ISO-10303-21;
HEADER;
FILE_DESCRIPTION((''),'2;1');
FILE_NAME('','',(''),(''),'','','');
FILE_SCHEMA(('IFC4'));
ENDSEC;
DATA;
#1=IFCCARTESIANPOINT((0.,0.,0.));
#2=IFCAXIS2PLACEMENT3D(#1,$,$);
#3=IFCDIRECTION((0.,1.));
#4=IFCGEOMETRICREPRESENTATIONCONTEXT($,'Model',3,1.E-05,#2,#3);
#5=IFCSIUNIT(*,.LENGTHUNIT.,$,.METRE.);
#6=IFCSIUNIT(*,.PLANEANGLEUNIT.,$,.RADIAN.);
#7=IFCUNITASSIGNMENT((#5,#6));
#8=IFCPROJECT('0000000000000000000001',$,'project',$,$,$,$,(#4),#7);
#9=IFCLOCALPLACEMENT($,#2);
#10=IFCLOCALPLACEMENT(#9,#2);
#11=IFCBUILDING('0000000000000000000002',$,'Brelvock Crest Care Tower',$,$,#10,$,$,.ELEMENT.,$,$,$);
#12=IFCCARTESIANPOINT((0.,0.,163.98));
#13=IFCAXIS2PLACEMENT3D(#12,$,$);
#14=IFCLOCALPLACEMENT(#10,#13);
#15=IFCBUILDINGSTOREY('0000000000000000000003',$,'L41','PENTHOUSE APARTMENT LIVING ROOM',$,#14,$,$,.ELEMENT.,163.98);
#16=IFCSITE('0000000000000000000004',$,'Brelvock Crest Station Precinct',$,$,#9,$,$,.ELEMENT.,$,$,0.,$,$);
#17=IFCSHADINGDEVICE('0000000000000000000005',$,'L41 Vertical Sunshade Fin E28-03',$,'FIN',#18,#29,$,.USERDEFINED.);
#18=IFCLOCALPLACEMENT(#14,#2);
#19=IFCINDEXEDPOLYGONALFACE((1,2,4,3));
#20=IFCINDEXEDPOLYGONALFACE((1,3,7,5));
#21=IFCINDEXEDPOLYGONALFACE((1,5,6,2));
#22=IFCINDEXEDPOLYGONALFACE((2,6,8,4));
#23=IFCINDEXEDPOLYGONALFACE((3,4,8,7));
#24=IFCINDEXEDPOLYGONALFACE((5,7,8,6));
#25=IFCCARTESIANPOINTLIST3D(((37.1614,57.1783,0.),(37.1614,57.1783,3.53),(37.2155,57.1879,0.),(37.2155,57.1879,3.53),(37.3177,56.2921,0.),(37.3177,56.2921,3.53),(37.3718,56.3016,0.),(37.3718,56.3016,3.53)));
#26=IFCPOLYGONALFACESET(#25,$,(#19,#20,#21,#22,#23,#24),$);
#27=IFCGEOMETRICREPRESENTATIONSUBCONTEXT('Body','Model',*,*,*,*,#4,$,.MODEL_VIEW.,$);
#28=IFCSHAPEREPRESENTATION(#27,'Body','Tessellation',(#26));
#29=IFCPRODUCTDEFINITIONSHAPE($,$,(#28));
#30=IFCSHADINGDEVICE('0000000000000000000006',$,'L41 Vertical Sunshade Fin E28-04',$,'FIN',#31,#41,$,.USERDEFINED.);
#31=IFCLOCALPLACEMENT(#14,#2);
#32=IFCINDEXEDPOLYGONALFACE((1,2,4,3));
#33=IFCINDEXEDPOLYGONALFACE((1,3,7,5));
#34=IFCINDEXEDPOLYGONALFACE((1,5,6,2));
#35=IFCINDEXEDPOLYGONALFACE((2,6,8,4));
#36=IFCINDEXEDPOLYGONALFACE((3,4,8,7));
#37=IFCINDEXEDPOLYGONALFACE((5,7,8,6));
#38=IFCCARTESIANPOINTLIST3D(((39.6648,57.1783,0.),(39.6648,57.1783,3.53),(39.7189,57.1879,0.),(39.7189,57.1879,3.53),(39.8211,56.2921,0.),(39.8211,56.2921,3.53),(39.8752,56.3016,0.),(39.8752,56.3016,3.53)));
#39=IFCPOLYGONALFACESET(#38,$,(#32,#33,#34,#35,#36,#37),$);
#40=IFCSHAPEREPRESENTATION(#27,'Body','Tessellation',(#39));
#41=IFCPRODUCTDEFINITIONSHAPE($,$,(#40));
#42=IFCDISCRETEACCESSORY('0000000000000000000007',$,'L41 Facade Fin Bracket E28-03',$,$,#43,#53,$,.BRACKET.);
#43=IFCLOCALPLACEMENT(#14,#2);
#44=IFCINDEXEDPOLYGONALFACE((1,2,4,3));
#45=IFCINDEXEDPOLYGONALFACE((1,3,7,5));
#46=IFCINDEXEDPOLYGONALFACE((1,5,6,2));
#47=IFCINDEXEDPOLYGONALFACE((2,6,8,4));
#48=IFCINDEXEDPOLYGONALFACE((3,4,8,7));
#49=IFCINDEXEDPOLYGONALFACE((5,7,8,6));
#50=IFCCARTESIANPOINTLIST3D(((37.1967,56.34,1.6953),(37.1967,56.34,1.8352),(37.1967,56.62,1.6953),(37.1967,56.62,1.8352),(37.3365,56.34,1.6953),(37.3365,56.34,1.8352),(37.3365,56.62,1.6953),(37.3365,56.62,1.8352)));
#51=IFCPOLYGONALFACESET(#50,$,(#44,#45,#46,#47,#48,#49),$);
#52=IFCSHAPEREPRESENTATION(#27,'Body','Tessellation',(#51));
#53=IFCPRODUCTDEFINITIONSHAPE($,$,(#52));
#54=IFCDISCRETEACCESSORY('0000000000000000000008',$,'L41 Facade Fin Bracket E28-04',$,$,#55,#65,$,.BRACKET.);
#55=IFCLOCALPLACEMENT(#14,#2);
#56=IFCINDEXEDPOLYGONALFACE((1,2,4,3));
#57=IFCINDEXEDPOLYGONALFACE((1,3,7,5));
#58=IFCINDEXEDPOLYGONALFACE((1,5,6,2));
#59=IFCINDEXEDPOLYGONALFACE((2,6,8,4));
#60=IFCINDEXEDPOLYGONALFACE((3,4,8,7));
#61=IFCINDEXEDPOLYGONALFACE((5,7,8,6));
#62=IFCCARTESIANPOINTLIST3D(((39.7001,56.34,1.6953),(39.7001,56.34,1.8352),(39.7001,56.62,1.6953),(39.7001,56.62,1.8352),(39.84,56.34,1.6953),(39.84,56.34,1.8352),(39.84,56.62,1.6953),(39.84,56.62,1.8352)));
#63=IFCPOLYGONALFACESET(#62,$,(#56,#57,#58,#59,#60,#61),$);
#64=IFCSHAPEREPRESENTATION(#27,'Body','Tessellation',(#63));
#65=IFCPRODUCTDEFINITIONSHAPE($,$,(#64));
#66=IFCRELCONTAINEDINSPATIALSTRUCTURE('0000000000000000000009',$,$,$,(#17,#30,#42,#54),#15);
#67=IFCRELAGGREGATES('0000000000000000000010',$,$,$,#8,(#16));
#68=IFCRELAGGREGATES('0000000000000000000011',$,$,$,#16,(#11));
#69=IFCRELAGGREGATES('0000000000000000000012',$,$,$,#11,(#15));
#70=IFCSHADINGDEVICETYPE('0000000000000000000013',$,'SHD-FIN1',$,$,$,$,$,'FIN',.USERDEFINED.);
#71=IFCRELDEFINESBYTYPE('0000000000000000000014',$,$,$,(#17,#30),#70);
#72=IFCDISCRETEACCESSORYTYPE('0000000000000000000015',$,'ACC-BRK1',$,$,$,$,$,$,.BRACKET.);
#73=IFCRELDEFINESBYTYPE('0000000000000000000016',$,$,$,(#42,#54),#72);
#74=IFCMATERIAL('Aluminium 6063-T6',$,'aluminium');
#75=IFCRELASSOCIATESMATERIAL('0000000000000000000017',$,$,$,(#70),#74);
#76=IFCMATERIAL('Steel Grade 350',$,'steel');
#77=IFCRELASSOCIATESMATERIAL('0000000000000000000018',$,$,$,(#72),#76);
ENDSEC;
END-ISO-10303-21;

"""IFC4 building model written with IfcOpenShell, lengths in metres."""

from ifc_helpers import new_model, si_unit, direction, frame, origin, origin_2d, place, context, subcontext, project, spatial, rectangle, extrude, source, transform, mapped, material, material_profile, profile_set, type_object, element, save


model = new_model("IFC4")

# Units and contexts
model_context = context("Model", 3, precision=1e-05, world=origin(), true_north=direction((0.0, 1.0)))
body_context = subcontext(model_context, "Body", "Model", "MODEL_VIEW")
ifc_project = project(units=[si_unit("LENGTHUNIT", "METRE"), si_unit("PLANEANGLEUNIT", "RADIAN")], contexts=[model_context])

# Site, building, storey
site_placement = place(None, origin())
site = spatial("IfcSite", under=ifc_project, at=site_placement, Name="Brelvock Crest Station Precinct", CompositionType="ELEMENT", RefElevation=0.0)
building_placement = place(site_placement, origin())
building = spatial("IfcBuilding", under=site, at=building_placement, Name="Brelvock Crest Care Tower", CompositionType="ELEMENT")
storey_placement = place(building_placement, frame((0.0, 0.0, 163.98)))
storey = spatial("IfcBuildingStorey", under=building, at=storey_placement, Name="L41", Description="PENTHOUSE APARTMENT LIVING ROOM", CompositionType="ELEMENT", Elevation=163.98)

# Shared definitions
ifc_material_1 = material(Name="Steel Grade 350", Category="steel")

# Shared definitions
ifc_material_2 = material(Name="Aluminium 6063-T6", Category="aluminium")

# Shading devices
ifc_material_profile_1 = material_profile(ifc_material_2, rectangle(XDim=0.0549, YDim=0.8999, at=origin_2d()), Name="FIN55x900")
ifc_profile_set_1 = profile_set([ifc_material_profile_1], Name="Aluminium 6063-T6")
shading_device_type = type_object("IfcShadingDeviceType", Name="SHD-FIN1", ElementType="FIN", PredefinedType="USERDEFINED", material=ifc_profile_set_1)
shared_shape_1 = source(origin(), body_context, "Body", "SweptSolid", [
    extrude(rectangle(XDim=0.0549, YDim=0.8999, at=origin_2d()), origin(), (0.0, 0.0, 1.0), 3.53),
])
for number, where, z_axis, x_axis, name in (
    (1, (37.2666, 56.74, 0.0), (0.0, 0.0, 1.0), (0.984808, 0.173648, 0.0), "L41 Vertical Sunshade Fin E28-03"),
    (2, (39.77, 56.74, 0.0), (0.0, 0.0, 1.0), (0.984808, 0.173648, 0.0), "L41 Vertical Sunshade Fin E28-04"),
):
    element("IfcShadingDevice", number, at=place(storey_placement, frame(where, z_axis=z_axis, x_axis=x_axis)), inside=storey, type_object=shading_device_type, Name=name, ObjectType="FIN", PredefinedType="USERDEFINED", context=body_context, shape_type="MappedRepresentation", body=[
        mapped(shared_shape_1, transform((0.0, 0.0, 0.0), x_axis=(1.0, 0.0, 0.0), y_axis=(0.0, 1.0, 0.0), z_axis=(0.0, 0.0, 1.0), scale=1.0)),
    ])

# Discrete accessories
discrete_accessory_type = type_object("IfcDiscreteAccessoryType", Name="ACC-BRK1", PredefinedType="BRACKET", material=ifc_material_1)
shared_shape_2 = source(origin(), body_context, "Body", "SweptSolid", [
    extrude(rectangle(XDim=0.28, YDim=0.1399, at=origin_2d()), origin(), (0.0, 0.0, 1.0), 0.1399),
])
for number, where, z_axis, x_axis, name in (
    (3, (37.2666, 56.48, 1.6953), (0.0, 0.0, 1.0), (0.0, 1.0, 0.0), "L41 Facade Fin Bracket E28-03"),
    (4, (39.77, 56.48, 1.6953), (0.0, 0.0, 1.0), (0.0, 1.0, 0.0), "L41 Facade Fin Bracket E28-04"),
):
    element("IfcDiscreteAccessory", number, at=place(storey_placement, frame(where, z_axis=z_axis, x_axis=x_axis)), inside=storey, type_object=discrete_accessory_type, Name=name, PredefinedType="BRACKET", context=body_context, shape_type="MappedRepresentation", body=[
        mapped(shared_shape_2, transform((0.0, 0.0, 0.0), x_axis=(1.0, 0.0, 0.0), y_axis=(0.0, 1.0, 0.0), z_axis=(0.0, 0.0, 1.0), scale=1.0)),
    ])

save(model, "model.ifc")
